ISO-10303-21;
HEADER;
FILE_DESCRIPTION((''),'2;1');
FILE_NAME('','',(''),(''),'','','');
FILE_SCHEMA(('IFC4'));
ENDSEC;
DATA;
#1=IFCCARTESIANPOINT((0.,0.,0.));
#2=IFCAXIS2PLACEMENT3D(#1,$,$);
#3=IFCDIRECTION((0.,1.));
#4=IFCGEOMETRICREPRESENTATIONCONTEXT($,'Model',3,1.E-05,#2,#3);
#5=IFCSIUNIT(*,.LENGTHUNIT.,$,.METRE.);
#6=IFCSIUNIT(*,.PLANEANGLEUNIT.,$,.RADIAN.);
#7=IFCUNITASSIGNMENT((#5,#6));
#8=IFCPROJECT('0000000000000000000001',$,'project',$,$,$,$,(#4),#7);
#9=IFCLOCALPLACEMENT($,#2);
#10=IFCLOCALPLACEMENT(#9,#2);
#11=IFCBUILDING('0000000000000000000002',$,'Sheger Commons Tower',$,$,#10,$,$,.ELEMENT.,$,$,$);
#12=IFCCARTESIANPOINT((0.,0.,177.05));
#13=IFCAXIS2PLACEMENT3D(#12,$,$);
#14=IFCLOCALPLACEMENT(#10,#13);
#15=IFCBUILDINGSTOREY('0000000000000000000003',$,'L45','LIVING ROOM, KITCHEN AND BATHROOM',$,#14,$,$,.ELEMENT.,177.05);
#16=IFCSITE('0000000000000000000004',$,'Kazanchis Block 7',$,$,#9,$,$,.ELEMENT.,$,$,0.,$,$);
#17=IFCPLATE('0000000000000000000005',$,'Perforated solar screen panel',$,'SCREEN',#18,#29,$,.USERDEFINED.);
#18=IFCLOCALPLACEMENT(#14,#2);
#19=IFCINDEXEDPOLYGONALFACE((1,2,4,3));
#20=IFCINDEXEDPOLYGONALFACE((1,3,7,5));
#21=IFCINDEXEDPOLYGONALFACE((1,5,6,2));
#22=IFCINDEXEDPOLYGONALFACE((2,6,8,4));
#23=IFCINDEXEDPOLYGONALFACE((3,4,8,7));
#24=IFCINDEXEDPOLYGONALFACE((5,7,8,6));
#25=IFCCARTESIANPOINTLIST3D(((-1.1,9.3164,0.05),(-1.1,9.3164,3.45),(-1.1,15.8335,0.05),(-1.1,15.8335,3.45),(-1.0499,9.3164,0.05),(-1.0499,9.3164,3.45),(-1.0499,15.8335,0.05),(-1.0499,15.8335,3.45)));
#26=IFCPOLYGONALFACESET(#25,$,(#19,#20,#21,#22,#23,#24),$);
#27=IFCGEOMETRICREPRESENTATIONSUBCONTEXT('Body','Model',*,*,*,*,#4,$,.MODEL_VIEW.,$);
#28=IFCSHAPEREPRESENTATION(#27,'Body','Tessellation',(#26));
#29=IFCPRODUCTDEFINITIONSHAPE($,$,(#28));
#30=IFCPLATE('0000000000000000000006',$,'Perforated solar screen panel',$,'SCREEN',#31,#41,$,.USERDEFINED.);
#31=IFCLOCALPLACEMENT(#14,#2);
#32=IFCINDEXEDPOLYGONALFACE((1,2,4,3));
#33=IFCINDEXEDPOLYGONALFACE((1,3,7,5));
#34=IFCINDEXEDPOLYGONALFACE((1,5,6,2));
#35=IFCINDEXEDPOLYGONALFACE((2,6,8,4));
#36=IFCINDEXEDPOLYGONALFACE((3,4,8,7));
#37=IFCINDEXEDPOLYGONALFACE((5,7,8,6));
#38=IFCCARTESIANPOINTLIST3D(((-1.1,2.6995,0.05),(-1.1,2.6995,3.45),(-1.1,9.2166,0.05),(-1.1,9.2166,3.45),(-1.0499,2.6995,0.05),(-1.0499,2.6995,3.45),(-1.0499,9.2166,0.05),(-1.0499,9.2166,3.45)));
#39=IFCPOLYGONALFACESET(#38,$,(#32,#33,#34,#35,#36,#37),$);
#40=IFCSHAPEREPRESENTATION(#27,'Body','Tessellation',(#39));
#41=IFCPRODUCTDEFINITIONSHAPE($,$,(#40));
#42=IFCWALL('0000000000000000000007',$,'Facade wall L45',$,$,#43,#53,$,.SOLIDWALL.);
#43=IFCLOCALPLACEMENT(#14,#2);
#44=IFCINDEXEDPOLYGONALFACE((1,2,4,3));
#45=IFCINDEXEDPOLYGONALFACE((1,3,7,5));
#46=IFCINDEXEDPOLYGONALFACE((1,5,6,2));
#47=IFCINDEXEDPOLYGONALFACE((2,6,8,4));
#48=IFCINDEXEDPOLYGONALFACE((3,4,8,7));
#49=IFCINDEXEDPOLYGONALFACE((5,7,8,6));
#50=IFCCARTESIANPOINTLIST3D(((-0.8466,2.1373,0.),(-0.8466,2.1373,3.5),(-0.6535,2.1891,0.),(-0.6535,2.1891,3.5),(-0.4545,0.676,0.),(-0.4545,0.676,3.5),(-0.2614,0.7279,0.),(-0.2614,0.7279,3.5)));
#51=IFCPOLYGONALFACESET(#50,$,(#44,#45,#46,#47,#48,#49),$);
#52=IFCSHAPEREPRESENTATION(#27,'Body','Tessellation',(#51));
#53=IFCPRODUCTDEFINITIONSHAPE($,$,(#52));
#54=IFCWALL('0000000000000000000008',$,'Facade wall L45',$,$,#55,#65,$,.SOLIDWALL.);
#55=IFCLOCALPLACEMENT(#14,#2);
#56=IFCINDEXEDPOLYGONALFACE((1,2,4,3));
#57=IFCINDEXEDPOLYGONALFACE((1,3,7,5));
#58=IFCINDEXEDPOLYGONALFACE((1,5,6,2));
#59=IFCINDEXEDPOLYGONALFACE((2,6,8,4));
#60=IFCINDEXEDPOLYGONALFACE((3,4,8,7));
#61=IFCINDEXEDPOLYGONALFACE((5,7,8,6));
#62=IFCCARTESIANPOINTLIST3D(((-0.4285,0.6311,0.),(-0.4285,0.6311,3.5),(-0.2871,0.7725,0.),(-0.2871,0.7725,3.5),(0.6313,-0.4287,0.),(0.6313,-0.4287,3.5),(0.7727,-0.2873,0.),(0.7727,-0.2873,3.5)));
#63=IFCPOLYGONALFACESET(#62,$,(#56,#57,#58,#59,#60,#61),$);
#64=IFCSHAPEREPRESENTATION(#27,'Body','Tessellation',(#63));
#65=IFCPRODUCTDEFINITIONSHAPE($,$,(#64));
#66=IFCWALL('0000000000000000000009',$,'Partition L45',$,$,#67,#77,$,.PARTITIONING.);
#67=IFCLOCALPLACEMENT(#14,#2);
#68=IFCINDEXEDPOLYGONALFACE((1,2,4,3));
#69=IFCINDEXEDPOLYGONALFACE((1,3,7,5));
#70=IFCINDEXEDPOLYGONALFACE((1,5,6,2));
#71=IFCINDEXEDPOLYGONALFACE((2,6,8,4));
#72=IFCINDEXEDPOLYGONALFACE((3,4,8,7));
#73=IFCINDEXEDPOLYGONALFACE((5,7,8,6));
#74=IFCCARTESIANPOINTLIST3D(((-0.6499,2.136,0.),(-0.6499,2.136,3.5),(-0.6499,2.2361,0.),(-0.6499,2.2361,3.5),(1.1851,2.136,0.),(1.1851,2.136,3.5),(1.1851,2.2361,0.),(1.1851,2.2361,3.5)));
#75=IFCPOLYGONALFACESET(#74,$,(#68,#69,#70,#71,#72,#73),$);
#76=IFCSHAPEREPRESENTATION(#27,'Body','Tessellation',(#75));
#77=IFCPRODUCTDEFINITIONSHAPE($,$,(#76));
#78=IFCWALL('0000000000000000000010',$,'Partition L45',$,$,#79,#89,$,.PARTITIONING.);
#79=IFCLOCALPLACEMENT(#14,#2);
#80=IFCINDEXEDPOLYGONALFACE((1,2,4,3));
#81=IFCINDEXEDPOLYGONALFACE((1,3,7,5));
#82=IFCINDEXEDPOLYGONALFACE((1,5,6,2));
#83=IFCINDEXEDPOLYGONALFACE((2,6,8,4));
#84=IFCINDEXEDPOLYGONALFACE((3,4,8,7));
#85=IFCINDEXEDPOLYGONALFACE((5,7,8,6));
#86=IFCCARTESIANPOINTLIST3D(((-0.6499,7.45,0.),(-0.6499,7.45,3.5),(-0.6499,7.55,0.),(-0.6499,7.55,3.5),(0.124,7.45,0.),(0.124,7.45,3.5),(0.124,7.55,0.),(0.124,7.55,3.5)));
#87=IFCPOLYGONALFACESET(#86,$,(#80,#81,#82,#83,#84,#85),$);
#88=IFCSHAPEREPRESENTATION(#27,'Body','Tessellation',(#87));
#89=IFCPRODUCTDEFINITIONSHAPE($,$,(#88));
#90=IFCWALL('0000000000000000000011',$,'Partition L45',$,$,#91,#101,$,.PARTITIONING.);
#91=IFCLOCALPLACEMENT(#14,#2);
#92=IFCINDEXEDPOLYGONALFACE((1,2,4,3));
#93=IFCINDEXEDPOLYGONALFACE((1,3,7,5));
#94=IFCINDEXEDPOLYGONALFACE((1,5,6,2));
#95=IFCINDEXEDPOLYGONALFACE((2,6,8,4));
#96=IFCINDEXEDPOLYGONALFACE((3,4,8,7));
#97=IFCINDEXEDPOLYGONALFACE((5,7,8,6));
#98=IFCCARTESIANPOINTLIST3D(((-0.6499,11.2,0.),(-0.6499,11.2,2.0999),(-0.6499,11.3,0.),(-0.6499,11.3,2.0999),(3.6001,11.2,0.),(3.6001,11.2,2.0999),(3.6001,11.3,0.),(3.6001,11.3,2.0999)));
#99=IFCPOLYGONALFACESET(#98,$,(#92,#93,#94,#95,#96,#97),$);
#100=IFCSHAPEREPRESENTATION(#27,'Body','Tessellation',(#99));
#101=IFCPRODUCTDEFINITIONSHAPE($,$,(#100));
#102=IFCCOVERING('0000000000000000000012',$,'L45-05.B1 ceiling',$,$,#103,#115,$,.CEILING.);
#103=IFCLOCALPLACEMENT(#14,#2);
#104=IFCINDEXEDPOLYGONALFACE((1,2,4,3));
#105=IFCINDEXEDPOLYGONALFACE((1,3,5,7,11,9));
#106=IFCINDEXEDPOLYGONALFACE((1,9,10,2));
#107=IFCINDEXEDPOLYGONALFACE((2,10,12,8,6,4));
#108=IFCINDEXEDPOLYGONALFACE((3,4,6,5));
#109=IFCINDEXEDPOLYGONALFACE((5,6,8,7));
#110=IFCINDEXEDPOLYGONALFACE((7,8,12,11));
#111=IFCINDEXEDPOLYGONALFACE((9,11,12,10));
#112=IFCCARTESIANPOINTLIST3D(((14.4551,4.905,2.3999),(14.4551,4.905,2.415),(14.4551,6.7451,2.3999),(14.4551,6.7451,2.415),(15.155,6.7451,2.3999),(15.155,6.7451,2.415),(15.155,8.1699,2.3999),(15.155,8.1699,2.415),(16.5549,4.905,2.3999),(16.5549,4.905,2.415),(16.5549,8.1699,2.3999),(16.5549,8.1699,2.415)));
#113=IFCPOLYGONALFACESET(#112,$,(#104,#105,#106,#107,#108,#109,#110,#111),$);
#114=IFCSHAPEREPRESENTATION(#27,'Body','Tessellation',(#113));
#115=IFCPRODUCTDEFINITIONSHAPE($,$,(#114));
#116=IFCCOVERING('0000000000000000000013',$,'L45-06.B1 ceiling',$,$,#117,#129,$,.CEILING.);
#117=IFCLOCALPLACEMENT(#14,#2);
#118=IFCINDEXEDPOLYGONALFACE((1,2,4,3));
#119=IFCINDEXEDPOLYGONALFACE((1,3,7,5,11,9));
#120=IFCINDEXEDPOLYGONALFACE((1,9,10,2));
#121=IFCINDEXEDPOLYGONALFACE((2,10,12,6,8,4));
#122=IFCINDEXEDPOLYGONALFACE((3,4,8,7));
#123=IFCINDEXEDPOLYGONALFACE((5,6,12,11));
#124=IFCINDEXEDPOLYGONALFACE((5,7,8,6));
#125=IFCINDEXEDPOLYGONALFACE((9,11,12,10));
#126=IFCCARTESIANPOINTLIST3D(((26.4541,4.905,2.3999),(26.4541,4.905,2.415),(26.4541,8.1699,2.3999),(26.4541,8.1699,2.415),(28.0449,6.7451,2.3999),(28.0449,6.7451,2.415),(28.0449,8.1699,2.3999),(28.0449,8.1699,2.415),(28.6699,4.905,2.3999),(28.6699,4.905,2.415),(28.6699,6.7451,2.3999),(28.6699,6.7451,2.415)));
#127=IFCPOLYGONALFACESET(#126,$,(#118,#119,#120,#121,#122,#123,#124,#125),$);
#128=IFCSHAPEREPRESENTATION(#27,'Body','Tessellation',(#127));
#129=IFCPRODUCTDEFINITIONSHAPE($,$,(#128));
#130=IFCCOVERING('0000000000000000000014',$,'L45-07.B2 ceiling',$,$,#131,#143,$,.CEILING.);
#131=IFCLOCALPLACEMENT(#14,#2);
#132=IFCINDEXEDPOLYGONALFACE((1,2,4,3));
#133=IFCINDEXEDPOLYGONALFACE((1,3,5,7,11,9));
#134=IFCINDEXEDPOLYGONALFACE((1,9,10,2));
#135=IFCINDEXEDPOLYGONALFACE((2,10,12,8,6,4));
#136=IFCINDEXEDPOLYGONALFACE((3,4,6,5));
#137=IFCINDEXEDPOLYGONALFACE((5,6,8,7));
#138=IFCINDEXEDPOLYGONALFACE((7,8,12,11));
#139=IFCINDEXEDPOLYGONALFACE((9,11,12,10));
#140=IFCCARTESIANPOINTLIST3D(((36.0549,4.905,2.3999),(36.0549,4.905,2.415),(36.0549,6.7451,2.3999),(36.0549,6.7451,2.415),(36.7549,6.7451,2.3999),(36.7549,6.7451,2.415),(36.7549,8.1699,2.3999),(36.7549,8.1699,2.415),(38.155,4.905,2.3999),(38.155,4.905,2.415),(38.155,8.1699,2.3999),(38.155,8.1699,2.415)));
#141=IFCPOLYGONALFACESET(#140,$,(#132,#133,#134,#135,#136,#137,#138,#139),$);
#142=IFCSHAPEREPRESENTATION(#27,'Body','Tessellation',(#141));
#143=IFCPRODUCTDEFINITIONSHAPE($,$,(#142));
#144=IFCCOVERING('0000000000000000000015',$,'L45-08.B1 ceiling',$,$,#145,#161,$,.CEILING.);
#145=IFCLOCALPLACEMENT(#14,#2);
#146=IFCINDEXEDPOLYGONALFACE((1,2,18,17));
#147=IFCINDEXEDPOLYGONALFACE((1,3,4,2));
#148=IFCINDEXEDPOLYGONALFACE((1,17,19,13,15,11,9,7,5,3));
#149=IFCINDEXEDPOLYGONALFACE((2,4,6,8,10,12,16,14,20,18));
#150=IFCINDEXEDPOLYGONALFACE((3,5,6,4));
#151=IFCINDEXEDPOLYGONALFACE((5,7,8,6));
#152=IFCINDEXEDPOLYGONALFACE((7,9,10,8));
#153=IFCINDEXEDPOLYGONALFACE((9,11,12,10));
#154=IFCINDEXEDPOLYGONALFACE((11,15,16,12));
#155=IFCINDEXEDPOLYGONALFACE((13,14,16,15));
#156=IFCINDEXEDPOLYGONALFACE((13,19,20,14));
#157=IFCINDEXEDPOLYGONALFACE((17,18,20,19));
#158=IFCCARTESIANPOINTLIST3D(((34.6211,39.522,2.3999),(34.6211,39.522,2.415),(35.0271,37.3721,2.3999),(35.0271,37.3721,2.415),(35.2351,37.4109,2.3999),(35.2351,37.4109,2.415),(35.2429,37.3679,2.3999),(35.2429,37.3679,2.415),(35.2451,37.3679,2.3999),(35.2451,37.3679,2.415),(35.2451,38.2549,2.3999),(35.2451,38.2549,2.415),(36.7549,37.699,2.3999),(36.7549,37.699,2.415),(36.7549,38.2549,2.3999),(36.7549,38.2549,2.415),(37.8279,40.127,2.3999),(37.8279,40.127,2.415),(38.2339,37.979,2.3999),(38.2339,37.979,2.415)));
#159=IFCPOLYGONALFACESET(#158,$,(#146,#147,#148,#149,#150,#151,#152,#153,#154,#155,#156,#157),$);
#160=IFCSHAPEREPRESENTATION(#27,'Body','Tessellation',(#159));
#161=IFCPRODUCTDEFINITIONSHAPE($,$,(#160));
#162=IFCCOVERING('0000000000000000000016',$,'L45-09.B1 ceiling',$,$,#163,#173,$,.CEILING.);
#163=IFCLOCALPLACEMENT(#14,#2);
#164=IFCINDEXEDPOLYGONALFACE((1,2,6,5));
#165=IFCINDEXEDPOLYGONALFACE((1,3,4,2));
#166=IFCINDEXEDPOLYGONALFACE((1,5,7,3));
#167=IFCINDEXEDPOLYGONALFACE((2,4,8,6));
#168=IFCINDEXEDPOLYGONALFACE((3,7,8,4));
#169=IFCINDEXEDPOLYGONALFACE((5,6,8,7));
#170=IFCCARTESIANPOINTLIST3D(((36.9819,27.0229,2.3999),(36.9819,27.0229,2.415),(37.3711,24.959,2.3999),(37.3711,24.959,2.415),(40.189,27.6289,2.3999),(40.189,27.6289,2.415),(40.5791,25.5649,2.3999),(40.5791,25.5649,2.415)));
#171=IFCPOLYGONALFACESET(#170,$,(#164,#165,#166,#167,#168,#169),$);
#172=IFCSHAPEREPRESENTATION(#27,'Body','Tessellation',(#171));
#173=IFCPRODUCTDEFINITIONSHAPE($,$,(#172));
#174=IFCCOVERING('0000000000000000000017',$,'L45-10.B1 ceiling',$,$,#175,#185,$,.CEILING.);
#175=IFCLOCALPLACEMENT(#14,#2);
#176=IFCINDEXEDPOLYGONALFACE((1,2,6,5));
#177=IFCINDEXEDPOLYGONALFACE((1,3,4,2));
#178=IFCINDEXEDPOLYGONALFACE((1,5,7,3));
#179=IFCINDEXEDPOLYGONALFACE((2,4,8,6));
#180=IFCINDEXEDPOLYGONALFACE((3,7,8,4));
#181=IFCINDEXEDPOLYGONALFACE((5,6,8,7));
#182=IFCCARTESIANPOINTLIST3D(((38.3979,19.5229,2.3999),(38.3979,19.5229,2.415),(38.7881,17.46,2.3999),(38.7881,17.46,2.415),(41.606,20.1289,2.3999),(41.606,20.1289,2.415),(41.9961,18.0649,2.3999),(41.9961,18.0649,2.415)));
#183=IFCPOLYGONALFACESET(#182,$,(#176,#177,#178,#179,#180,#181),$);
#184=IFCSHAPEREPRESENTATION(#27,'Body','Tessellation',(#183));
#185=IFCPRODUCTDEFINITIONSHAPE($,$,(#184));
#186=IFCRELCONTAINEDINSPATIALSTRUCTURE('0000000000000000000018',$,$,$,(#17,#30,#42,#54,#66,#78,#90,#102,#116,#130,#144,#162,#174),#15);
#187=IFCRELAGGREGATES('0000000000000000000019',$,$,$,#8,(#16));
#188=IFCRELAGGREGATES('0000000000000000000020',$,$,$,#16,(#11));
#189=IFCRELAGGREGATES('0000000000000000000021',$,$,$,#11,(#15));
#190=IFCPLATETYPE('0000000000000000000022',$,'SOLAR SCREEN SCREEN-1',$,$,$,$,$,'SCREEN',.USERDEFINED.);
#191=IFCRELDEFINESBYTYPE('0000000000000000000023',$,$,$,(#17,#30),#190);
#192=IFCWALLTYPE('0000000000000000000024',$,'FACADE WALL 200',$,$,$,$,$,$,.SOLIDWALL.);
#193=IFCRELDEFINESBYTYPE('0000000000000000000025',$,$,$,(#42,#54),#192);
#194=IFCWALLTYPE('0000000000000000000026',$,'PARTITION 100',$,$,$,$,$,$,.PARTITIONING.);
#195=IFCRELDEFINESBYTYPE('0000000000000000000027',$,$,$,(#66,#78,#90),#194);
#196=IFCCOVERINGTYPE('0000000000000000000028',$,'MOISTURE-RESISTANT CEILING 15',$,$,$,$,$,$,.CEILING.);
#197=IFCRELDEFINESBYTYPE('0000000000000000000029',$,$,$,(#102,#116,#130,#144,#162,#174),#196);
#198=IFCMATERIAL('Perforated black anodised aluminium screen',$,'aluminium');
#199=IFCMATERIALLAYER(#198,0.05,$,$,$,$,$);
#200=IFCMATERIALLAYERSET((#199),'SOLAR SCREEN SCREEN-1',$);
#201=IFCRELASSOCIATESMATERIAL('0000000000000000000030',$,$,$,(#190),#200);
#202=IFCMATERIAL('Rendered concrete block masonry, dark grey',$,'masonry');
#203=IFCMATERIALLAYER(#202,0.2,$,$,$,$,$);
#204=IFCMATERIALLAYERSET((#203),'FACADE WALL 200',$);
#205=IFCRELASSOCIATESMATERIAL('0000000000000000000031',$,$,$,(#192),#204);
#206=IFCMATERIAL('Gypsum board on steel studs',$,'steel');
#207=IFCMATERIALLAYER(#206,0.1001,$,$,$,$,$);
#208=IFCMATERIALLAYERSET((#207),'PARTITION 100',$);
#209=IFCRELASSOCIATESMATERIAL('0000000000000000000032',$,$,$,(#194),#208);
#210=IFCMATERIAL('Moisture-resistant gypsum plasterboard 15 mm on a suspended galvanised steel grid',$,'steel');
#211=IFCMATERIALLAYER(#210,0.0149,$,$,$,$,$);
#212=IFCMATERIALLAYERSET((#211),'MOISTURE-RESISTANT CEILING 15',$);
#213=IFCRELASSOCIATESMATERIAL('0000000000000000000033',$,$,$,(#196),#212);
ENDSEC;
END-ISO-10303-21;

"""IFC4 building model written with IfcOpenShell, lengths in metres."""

from ifc_helpers import new_model, si_unit, direction, frame, frame_2d, origin, origin_2d, place, context, subcontext, project, spatial, polyline, rectangle, outline, extrude, material, layer, layer_set, type_object, element, save


model = new_model("IFC4")

# Units and contexts
model_context = context("Model", 3, precision=1e-05, world=origin(), true_north=direction((0.0, 1.0)))
body_context = subcontext(model_context, "Body", "Model", "MODEL_VIEW")
ifc_project = project(units=[si_unit("LENGTHUNIT", "METRE"), si_unit("PLANEANGLEUNIT", "RADIAN")], contexts=[model_context])

# Site, building, storey
site_placement = place(None, origin())
site = spatial("IfcSite", under=ifc_project, at=site_placement, Name="Kazanchis Block 7", CompositionType="ELEMENT", RefElevation=0.0)
building_placement = place(site_placement, origin())
building = spatial("IfcBuilding", under=site, at=building_placement, Name="Sheger Commons Tower", CompositionType="ELEMENT")
storey_placement = place(building_placement, frame((0.0, 0.0, 177.05)))
storey = spatial("IfcBuildingStorey", under=building, at=storey_placement, Name="L45", Description="LIVING ROOM, KITCHEN AND BATHROOM", CompositionType="ELEMENT", Elevation=177.05)

# Plates
ifc_material_1 = material(Name="Perforated black anodised aluminium screen", Category="aluminium")
ifc_layer_1 = layer(ifc_material_1, 0.05)
ifc_layer_set_1 = layer_set([ifc_layer_1], Name="SOLAR SCREEN SCREEN-1")
plate_type = type_object("IfcPlateType", Name="SOLAR SCREEN SCREEN-1", ElementType="SCREEN", PredefinedType="USERDEFINED", material=ifc_layer_set_1)
for number, where, z_axis, x_axis, name in (
    (1, (-1.075, 12.575, 0.05), (0.0, 0.0, 1.0), (0.0, -1.0, 0.0), "Perforated solar screen panel"),
    (2, (-1.075, 5.958, 0.05), (0.0, 0.0, 1.0), (0.0, -1.0, 0.0), "Perforated solar screen panel"),
):
    element("IfcPlate", number, at=place(storey_placement, frame(where, z_axis=z_axis, x_axis=x_axis)), inside=storey, type_object=plate_type, Name=name, ObjectType="SCREEN", PredefinedType="USERDEFINED", context=body_context, shape_type="SweptSolid", body=[
        extrude(rectangle(XDim=6.5171, YDim=0.05, at=origin_2d()), origin(), (0.0, 0.0, 1.0), 3.3999),
    ])

# Walls
ifc_material_2 = material(Name="Rendered concrete block masonry, dark grey", Category="masonry")
ifc_layer_2 = layer(ifc_material_2, 0.2)
ifc_layer_set_2 = layer_set([ifc_layer_2], Name="FACADE WALL 200")
wall_type_1 = type_object("IfcWallType", Name="FACADE WALL 200", PredefinedType="SOLIDWALL", material=ifc_layer_set_2)
wall_1_placement = place(storey_placement, frame((-0.75, 2.1631, 0.0), z_axis=(0.0, 0.0, 1.0), x_axis=(0.259169, -0.965832, 0.0)))
element("IfcWall", 3, at=wall_1_placement, inside=storey, type_object=wall_type_1, Name="Facade wall L45", PredefinedType="SOLIDWALL", context=body_context, shape_type="SweptSolid", body=[
    extrude(rectangle(XDim=1.5129, YDim=0.2, at=frame_2d((0.7563, 0.0))), origin(), (0.0, 0.0, 1.0), 3.5),
])
wall_2_placement = place(storey_placement, frame((-0.3579, 0.7019, 0.0), z_axis=(0.0, 0.0, 1.0), x_axis=(0.707107, -0.707107, 0.0)))
element("IfcWall", 4, at=wall_2_placement, inside=storey, type_object=wall_type_1, Name="Facade wall L45", PredefinedType="SOLIDWALL", context=body_context, shape_type="SweptSolid", body=[
    extrude(rectangle(XDim=1.4988, YDim=0.2, at=frame_2d((0.7495, 0.0))), origin(), (0.0, 0.0, 1.0), 3.5),
])
ifc_material_3 = material(Name="Gypsum board on steel studs", Category="steel")
ifc_layer_3 = layer(ifc_material_3, 0.1001)
ifc_layer_set_3 = layer_set([ifc_layer_3], Name="PARTITION 100")
wall_type_2 = type_object("IfcWallType", Name="PARTITION 100", PredefinedType="PARTITIONING", material=ifc_layer_set_3)
wall_3_placement = place(storey_placement, frame((-0.6499, 2.186, 0.0), z_axis=(0.0, 0.0, 1.0), x_axis=(1.0, 0.0, 0.0)))
element("IfcWall", 5, at=wall_3_placement, inside=storey, type_object=wall_type_2, Name="Partition L45", PredefinedType="PARTITIONING", context=body_context, shape_type="SweptSolid", body=[
    extrude(rectangle(XDim=1.835, YDim=0.1001, at=frame_2d((0.9175, 0.0))), origin(), (0.0, 0.0, 1.0), 3.5),
])
wall_4_placement = place(storey_placement, frame((-0.6499, 7.5, 0.0), z_axis=(0.0, 0.0, 1.0), x_axis=(1.0, 0.0, 0.0)))
element("IfcWall", 6, at=wall_4_placement, inside=storey, type_object=wall_type_2, Name="Partition L45", PredefinedType="PARTITIONING", context=body_context, shape_type="SweptSolid", body=[
    extrude(rectangle(XDim=0.7739, YDim=0.1001, at=frame_2d((0.387, 0.0))), origin(), (0.0, 0.0, 1.0), 3.5),
])
wall_5_placement = place(storey_placement, frame((-0.6499, 11.25, 0.0), z_axis=(0.0, 0.0, 1.0), x_axis=(1.0, 0.0, 0.0)))
element("IfcWall", 7, at=wall_5_placement, inside=storey, type_object=wall_type_2, Name="Partition L45", PredefinedType="PARTITIONING", context=body_context, shape_type="SweptSolid", body=[
    extrude(rectangle(XDim=4.25, YDim=0.1001, at=frame_2d((2.125, 0.0))), origin(), (0.0, 0.0, 1.0), 2.0999),
])

# Coverings
ifc_material_4 = material(Name="Moisture-resistant gypsum plasterboard 15 mm on a suspended galvanised steel grid", Category="steel")
ifc_layer_4 = layer(ifc_material_4, 0.0149)
ifc_layer_set_4 = layer_set([ifc_layer_4], Name="MOISTURE-RESISTANT CEILING 15")
covering_type_1 = type_object("IfcCoveringType", Name="MOISTURE-RESISTANT CEILING 15", PredefinedType="CEILING", material=ifc_layer_set_4)
covering_1_placement = place(storey_placement, frame((0.0, 0.0, 2.3999)))
element("IfcCovering", 8, at=covering_1_placement, inside=storey, type_object=covering_type_1, Name="L45-05.B1 ceiling", PredefinedType="CEILING", context=body_context, shape_type="SweptSolid", body=[
    extrude(outline(polyline([(14.4551, 4.905), (16.5549, 4.905), (16.5549, 8.1699), (15.155, 8.1699), (15.155, 6.7451), (14.4551, 6.7451), (14.4551, 4.905)])), origin(), (0.0, 0.0, 1.0), 0.0151),
])
covering_2_placement = place(storey_placement, frame((0.0, 0.0, 2.3999)))
element("IfcCovering", 9, at=covering_2_placement, inside=storey, type_object=covering_type_1, Name="L45-06.B1 ceiling", PredefinedType="CEILING", context=body_context, shape_type="SweptSolid", body=[
    extrude(outline(polyline([(26.4541, 4.905), (28.6699, 4.905), (28.6699, 6.7451), (28.0449, 6.7451), (28.0449, 8.1699), (26.4541, 8.1699), (26.4541, 4.905)])), origin(), (0.0, 0.0, 1.0), 0.0151),
])
covering_3_placement = place(storey_placement, frame((0.0, 0.0, 2.3999)))
element("IfcCovering", 10, at=covering_3_placement, inside=storey, type_object=covering_type_1, Name="L45-07.B2 ceiling", PredefinedType="CEILING", context=body_context, shape_type="SweptSolid", body=[
    extrude(outline(polyline([(36.0549, 4.905), (38.155, 4.905), (38.155, 8.1699), (36.7549, 8.1699), (36.7549, 6.7451), (36.0549, 6.7451), (36.0549, 4.905)])), origin(), (0.0, 0.0, 1.0), 0.0151),
])
covering_4_placement = place(storey_placement, frame((0.0, 0.0, 2.3999)))
element("IfcCovering", 11, at=covering_4_placement, inside=storey, type_object=covering_type_1, Name="L45-08.B1 ceiling", PredefinedType="CEILING", context=body_context, shape_type="SweptSolid", body=[
    extrude(outline(polyline([(35.2429, 37.3679), (35.2451, 37.3679), (35.2451, 38.2549), (36.7549, 38.2549), (36.7549, 37.699), (38.2339, 37.979), (37.8279, 40.127), (34.6211, 39.522), (35.0271, 37.3721), (35.2351, 37.4109), (35.2429, 37.3679)])), origin(), (0.0, 0.0, 1.0), 0.0151),
])
covering_5_placement = place(storey_placement, frame((0.0, 0.0, 2.3999)))
element("IfcCovering", 12, at=covering_5_placement, inside=storey, type_object=covering_type_1, Name="L45-09.B1 ceiling", PredefinedType="CEILING", context=body_context, shape_type="SweptSolid", body=[
    extrude(outline(polyline([(37.3711, 24.959), (40.5791, 25.5649), (40.189, 27.6289), (36.9819, 27.0229), (37.3711, 24.959)])), origin(), (0.0, 0.0, 1.0), 0.0151),
])
covering_6_placement = place(storey_placement, frame((0.0, 0.0, 2.3999)))
element("IfcCovering", 13, at=covering_6_placement, inside=storey, type_object=covering_type_1, Name="L45-10.B1 ceiling", PredefinedType="CEILING", context=body_context, shape_type="SweptSolid", body=[
    extrude(outline(polyline([(38.7881, 17.46), (41.9961, 18.0649), (41.606, 20.1289), (38.3979, 19.5229), (38.7881, 17.46)])), origin(), (0.0, 0.0, 1.0), 0.0151),
])

save(model, "model.ifc")
